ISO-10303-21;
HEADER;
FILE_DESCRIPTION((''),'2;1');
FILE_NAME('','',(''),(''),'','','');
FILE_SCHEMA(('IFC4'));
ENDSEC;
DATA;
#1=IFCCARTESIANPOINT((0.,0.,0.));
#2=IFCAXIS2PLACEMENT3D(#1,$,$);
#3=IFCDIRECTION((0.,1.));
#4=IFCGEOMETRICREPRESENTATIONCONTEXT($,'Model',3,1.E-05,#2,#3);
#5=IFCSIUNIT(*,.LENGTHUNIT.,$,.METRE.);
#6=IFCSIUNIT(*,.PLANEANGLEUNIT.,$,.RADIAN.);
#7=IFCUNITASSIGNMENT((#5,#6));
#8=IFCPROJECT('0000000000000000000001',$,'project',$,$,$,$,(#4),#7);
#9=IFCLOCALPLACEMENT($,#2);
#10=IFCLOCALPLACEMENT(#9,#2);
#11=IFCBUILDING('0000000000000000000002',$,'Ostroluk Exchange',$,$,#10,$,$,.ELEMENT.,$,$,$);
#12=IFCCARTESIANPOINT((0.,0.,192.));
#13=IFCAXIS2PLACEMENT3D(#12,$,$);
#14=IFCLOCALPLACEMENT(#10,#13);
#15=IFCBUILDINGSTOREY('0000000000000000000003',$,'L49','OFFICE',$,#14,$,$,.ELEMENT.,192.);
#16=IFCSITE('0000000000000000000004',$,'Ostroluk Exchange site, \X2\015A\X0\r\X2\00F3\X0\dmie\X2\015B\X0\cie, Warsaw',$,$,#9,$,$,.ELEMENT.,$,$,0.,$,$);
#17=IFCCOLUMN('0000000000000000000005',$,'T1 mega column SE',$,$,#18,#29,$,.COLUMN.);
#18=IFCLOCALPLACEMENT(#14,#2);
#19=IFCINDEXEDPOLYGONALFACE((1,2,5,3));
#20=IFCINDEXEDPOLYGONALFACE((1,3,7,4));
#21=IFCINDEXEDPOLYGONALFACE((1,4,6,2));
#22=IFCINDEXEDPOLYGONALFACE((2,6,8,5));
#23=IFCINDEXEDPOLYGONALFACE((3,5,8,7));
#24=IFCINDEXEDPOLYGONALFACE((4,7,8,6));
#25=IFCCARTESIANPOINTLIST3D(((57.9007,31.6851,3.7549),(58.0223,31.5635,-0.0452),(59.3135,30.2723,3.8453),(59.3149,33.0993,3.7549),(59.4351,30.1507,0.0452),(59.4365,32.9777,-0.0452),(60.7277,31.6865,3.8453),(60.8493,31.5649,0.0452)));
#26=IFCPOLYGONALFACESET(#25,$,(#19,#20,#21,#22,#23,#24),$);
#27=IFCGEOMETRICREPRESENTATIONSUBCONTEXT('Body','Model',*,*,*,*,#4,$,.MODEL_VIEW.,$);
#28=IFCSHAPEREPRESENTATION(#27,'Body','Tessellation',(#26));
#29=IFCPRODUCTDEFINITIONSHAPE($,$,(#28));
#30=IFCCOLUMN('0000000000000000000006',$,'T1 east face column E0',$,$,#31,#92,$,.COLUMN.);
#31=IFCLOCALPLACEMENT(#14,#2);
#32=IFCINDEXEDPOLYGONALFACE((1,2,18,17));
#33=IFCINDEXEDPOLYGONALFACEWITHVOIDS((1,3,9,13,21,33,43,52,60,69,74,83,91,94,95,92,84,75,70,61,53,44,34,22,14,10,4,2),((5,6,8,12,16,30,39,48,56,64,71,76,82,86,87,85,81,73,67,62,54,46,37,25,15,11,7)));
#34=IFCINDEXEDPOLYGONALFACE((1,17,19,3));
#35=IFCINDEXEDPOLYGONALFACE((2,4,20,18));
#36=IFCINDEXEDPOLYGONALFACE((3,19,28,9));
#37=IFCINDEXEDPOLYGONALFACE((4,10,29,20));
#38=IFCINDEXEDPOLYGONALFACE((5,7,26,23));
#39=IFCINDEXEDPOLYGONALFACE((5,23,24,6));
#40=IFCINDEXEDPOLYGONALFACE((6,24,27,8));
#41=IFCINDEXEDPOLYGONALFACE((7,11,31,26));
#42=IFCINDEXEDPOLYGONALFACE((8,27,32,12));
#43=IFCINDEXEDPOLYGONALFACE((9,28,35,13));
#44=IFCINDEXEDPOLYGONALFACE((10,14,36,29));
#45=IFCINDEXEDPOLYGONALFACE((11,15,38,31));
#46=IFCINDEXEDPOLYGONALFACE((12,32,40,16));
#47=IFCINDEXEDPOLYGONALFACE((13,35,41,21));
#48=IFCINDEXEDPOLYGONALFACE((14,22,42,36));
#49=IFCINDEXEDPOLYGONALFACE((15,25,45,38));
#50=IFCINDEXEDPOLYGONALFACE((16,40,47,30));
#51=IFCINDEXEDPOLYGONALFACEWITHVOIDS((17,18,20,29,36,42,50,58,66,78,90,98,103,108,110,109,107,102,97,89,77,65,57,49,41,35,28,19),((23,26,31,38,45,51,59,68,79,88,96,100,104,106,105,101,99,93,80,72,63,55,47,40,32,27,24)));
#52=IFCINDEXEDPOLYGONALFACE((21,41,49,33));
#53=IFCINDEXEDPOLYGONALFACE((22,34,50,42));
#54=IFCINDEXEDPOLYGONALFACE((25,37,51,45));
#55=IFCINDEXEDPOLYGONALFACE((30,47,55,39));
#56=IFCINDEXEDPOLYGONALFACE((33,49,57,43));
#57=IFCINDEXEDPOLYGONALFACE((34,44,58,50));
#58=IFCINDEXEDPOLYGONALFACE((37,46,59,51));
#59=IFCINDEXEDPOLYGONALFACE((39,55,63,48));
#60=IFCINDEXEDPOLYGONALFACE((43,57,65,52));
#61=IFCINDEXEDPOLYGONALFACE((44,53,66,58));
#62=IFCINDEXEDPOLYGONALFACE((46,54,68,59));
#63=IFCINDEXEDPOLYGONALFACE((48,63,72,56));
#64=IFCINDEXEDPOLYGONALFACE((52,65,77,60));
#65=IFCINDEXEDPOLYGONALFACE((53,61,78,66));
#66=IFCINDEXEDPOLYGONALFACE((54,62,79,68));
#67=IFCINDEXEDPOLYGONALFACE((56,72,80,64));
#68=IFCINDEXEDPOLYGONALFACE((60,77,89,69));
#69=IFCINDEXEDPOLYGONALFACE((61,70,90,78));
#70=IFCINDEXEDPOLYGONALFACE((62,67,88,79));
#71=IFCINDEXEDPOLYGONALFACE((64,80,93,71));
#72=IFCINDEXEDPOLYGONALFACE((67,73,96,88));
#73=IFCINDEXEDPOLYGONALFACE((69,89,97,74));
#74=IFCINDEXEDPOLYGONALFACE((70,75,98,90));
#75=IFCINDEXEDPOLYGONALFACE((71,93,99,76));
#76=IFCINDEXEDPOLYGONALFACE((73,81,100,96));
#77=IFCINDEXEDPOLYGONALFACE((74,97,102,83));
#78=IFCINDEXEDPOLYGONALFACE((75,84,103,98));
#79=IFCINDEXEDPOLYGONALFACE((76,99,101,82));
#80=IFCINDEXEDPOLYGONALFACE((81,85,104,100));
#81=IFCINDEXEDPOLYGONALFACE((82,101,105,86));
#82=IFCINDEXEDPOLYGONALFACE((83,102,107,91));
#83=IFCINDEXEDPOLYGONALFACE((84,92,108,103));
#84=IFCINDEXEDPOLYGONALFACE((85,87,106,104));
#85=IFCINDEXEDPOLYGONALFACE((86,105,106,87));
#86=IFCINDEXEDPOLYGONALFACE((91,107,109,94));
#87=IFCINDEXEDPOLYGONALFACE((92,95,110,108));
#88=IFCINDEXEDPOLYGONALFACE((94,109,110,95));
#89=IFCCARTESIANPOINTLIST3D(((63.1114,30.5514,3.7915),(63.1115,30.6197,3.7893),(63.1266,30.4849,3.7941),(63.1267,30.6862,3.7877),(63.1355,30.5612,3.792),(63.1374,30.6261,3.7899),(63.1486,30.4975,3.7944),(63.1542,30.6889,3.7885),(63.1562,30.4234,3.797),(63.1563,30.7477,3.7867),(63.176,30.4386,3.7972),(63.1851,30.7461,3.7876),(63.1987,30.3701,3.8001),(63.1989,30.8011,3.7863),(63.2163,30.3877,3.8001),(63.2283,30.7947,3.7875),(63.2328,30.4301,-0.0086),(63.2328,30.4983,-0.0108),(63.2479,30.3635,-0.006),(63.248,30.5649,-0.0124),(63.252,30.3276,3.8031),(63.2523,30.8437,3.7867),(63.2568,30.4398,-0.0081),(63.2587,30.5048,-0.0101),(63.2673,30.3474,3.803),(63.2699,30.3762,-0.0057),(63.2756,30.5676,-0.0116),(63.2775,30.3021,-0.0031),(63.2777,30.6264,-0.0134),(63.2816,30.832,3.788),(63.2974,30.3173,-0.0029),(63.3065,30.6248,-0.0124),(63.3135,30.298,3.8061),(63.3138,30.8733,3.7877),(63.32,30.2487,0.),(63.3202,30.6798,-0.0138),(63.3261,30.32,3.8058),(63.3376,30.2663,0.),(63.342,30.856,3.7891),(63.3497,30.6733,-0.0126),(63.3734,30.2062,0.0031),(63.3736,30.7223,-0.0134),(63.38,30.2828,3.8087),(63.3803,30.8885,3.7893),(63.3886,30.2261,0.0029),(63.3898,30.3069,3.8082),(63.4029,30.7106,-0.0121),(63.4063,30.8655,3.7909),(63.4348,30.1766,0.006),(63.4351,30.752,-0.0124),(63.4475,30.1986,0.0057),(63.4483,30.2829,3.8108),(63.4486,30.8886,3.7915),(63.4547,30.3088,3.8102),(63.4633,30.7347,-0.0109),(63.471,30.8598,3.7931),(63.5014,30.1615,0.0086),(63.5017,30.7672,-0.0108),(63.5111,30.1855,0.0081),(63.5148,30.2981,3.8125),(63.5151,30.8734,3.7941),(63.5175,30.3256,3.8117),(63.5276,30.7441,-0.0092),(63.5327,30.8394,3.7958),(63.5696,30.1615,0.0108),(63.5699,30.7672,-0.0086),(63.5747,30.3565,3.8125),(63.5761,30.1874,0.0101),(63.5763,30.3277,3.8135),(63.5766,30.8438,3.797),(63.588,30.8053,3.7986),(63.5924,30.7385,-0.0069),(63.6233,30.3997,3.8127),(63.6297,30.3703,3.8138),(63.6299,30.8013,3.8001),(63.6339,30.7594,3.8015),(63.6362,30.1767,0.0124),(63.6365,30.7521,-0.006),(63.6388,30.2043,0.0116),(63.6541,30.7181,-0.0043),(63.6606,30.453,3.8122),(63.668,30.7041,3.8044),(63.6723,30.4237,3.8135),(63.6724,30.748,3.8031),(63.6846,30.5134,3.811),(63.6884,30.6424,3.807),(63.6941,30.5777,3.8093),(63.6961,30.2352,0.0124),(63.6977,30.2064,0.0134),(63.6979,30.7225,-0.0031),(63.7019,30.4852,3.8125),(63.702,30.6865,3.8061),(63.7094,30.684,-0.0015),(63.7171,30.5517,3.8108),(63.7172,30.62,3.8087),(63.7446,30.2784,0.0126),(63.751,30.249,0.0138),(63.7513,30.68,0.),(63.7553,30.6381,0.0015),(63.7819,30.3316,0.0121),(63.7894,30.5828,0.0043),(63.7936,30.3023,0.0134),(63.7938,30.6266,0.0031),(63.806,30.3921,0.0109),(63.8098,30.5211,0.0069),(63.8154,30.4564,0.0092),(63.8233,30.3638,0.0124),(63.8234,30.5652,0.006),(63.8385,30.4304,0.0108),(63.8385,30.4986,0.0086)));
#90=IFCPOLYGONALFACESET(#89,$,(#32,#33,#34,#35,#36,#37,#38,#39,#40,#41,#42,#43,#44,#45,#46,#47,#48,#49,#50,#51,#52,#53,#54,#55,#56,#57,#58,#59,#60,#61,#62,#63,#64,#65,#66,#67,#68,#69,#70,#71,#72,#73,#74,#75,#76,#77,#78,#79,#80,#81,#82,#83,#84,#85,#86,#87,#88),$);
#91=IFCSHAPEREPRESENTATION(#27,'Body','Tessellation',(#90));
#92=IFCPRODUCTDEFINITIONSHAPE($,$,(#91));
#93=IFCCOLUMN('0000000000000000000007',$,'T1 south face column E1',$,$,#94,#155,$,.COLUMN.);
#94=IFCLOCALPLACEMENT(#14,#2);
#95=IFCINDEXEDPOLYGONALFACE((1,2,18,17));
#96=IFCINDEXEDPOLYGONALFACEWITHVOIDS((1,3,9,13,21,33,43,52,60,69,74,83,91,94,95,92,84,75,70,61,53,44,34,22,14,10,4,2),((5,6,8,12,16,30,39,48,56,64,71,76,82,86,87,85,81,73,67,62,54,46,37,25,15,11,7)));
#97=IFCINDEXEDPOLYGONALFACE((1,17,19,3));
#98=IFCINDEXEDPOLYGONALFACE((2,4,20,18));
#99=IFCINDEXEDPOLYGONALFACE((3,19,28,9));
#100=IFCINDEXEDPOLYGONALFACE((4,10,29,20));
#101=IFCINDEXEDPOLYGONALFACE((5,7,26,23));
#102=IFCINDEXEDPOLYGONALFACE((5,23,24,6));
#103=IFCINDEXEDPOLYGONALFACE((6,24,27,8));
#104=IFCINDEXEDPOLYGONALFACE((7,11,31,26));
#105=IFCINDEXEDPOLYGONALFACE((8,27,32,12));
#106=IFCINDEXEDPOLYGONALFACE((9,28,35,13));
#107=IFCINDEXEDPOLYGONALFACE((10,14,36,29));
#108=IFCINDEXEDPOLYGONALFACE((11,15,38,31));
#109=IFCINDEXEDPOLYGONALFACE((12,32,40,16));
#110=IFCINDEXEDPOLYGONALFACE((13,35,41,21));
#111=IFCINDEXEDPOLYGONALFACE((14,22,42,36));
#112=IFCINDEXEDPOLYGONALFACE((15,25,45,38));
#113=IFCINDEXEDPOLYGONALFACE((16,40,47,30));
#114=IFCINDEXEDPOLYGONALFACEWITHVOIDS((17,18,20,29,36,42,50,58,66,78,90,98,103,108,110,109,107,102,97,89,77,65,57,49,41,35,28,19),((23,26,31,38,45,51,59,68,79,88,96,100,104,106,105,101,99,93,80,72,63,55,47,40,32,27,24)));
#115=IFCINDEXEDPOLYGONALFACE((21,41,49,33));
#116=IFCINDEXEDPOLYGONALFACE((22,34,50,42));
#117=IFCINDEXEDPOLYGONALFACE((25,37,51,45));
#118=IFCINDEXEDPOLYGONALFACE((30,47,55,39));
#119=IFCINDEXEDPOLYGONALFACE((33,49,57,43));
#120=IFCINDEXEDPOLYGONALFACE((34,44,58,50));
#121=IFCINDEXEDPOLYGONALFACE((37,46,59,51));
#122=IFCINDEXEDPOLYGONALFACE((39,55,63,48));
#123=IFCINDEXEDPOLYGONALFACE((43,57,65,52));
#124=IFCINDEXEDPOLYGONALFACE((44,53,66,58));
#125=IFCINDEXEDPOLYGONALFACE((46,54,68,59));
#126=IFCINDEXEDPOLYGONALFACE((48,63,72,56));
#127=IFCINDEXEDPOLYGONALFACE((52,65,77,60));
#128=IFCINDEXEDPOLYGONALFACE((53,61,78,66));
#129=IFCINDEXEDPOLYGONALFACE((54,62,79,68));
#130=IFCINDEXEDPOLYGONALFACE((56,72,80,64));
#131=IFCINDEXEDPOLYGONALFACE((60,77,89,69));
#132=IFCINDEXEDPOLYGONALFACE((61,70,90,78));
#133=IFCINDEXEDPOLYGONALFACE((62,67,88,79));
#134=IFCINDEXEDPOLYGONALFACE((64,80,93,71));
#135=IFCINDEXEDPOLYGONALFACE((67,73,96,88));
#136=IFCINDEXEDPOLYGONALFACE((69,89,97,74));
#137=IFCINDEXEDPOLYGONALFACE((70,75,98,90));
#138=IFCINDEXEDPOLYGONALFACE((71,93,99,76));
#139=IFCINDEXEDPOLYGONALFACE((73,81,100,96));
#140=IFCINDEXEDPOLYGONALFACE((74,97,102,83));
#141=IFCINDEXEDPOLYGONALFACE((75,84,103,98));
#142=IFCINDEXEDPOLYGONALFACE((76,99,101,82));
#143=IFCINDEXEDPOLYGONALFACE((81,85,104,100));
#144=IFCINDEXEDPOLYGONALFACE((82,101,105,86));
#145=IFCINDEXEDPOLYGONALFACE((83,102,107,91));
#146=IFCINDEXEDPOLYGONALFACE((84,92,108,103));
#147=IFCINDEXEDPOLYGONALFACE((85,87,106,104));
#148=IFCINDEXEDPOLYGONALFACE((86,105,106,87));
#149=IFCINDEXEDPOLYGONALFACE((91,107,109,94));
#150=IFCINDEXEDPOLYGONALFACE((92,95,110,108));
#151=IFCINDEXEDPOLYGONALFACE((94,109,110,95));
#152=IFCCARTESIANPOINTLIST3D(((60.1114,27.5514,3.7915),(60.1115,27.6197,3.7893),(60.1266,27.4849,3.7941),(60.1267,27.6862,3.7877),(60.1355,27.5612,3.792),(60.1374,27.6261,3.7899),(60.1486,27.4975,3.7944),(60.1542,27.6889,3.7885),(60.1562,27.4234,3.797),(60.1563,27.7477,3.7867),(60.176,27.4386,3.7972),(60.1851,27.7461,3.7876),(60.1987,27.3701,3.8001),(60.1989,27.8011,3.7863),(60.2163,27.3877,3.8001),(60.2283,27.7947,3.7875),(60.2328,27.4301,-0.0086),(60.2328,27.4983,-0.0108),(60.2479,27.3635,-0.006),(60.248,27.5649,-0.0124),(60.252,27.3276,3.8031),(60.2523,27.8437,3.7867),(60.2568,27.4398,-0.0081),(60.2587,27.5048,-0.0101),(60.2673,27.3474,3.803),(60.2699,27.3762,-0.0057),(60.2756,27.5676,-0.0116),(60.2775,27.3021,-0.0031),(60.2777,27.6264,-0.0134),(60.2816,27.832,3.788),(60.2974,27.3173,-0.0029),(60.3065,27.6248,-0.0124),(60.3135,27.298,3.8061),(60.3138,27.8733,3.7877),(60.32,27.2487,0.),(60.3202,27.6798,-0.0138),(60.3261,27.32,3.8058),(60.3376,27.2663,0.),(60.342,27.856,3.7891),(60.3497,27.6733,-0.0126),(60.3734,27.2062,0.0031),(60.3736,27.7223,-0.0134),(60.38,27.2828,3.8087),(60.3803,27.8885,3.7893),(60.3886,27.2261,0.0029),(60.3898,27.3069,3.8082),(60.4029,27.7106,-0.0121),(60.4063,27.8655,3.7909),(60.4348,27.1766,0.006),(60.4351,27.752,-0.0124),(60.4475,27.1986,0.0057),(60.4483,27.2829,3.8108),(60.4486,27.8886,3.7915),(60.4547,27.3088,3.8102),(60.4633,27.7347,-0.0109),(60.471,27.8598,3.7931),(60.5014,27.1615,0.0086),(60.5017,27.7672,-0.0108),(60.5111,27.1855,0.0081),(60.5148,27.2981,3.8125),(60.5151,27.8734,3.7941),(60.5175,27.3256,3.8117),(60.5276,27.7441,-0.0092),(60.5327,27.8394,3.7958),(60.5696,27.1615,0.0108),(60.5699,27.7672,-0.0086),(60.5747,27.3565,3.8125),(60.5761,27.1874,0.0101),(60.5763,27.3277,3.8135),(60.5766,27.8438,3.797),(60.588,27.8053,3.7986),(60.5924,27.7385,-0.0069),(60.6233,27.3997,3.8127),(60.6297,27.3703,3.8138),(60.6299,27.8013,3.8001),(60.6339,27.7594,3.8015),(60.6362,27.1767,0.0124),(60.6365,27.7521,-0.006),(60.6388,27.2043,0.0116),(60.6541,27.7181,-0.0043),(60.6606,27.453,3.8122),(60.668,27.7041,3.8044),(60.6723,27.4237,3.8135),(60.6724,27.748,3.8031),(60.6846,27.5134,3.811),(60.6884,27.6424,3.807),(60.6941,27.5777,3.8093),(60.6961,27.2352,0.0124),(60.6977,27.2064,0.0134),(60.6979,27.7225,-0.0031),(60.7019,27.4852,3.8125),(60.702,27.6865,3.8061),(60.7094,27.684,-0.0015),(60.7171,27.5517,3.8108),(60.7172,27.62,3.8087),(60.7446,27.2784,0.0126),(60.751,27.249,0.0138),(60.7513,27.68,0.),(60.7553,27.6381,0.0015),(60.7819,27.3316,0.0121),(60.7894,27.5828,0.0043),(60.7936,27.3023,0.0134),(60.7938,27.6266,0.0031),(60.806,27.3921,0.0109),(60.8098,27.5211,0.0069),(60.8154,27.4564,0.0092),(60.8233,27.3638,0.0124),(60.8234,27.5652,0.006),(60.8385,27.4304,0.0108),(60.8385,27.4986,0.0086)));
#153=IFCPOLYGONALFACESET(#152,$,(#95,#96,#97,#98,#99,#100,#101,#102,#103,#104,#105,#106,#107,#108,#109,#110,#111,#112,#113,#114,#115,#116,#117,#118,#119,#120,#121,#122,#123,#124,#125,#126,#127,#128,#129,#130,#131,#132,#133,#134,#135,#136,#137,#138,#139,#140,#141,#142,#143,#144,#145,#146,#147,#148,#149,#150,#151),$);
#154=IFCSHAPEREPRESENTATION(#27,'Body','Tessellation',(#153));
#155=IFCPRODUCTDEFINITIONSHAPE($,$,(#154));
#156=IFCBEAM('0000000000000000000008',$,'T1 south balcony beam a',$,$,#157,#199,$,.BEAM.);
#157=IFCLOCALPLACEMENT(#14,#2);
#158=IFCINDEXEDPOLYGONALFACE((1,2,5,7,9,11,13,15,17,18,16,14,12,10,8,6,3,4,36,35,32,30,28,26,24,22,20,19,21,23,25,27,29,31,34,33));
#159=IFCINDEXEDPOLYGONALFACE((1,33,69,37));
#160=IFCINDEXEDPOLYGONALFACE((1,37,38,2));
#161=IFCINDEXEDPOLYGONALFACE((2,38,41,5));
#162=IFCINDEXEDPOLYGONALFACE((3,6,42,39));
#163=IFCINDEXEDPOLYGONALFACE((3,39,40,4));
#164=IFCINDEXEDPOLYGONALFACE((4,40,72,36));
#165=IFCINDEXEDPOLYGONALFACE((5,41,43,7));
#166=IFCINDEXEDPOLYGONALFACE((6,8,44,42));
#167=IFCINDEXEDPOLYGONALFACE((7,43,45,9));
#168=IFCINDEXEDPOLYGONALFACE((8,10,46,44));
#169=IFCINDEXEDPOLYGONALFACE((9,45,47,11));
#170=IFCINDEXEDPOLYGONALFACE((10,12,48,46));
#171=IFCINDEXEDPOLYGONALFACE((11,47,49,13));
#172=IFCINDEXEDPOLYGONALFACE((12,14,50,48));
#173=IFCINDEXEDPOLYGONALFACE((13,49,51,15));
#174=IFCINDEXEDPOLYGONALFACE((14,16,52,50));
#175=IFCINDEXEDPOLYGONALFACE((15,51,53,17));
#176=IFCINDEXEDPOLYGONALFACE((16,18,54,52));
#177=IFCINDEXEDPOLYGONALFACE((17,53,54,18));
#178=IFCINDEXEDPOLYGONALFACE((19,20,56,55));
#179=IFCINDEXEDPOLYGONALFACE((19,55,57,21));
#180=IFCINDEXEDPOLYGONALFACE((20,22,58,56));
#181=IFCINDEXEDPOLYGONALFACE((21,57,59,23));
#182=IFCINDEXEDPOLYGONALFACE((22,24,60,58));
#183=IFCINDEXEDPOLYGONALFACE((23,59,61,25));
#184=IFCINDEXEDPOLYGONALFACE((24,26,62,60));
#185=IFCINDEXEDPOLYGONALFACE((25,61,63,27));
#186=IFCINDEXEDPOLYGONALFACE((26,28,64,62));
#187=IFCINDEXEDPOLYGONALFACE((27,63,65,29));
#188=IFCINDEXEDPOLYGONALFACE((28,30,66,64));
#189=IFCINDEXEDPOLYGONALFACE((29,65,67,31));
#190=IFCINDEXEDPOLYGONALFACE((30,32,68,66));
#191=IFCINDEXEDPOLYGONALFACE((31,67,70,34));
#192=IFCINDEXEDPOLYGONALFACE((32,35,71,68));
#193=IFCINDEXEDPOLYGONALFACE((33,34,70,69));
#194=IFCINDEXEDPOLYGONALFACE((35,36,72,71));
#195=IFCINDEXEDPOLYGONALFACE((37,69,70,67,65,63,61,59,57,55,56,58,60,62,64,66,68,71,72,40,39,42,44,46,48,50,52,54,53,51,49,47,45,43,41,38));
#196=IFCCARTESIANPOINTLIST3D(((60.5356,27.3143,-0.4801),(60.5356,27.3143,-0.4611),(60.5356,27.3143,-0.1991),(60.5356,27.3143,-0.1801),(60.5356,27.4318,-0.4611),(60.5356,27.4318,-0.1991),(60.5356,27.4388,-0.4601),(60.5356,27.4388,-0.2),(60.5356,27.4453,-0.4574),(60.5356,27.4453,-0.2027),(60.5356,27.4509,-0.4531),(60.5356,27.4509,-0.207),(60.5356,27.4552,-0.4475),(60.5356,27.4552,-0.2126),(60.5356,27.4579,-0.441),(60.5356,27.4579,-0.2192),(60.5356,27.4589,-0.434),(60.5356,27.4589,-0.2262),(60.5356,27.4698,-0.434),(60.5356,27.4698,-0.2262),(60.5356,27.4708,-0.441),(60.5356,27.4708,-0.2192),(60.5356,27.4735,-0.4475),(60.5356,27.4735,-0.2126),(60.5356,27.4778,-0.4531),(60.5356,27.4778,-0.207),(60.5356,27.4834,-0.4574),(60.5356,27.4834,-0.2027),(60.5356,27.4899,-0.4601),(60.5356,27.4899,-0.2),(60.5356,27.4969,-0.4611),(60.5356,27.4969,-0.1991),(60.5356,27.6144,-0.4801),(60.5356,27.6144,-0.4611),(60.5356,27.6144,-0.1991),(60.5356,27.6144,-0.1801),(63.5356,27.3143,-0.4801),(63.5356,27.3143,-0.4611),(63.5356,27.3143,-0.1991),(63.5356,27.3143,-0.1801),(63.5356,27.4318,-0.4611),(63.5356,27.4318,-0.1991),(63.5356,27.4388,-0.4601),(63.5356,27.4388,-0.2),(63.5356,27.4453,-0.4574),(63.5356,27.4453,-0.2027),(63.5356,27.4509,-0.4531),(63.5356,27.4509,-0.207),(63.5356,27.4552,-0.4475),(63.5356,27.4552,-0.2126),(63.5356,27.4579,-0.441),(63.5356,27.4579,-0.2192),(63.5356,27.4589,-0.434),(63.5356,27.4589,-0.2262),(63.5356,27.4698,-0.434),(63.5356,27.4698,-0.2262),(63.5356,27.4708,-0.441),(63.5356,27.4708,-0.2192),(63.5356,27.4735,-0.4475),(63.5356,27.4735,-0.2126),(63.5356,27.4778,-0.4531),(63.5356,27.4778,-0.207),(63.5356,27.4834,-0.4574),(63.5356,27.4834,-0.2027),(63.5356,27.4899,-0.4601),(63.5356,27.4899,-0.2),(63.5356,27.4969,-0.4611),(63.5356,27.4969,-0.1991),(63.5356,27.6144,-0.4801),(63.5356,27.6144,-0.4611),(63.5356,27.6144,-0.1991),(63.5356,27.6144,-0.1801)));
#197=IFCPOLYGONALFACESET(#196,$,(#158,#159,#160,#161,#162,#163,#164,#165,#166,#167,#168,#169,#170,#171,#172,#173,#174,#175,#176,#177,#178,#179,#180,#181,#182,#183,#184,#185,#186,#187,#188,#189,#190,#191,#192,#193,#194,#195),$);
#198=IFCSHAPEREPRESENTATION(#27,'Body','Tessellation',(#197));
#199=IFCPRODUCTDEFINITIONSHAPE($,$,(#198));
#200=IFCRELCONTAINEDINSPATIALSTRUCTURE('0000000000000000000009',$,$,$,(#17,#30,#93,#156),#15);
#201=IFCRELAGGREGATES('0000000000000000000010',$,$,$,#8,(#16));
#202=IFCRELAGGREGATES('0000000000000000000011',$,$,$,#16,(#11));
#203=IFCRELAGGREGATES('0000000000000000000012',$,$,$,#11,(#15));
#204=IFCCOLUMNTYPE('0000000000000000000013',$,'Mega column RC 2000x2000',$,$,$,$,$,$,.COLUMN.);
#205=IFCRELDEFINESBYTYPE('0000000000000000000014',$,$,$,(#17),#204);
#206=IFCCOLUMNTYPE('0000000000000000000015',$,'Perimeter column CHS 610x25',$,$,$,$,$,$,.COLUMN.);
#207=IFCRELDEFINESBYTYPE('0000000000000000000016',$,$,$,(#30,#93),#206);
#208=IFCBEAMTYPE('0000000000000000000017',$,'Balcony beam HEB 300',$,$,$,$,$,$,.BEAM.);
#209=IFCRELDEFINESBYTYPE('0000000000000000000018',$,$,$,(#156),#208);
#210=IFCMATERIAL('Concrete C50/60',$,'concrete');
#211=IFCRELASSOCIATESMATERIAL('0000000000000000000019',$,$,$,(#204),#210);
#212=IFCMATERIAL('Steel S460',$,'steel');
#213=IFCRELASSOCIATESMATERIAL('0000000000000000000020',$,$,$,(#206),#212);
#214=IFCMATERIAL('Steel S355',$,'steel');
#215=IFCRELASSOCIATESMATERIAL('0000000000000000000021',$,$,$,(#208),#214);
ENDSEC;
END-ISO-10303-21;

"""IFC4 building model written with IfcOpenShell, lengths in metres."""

from ifc_helpers import new_model, si_unit, direction, frame, origin, origin_2d, place, context, subcontext, project, spatial, rectangle, hollow_circle, i_section, extrude, material, material_profile, profile_set, type_object, element, save


model = new_model("IFC4")

# Units and contexts
model_context = context("Model", 3, precision=1e-05, world=origin(), true_north=direction((0.0, 1.0)))
body_context = subcontext(model_context, "Body", "Model", "MODEL_VIEW")
ifc_project = project(units=[si_unit("LENGTHUNIT", "METRE"), si_unit("PLANEANGLEUNIT", "RADIAN")], contexts=[model_context])

# Site, building, storey
site_placement = place(None, origin())
site = spatial("IfcSite", under=ifc_project, at=site_placement, Name="Ostroluk Exchange site, Śródmieście, Warsaw", CompositionType="ELEMENT", RefElevation=0.0)
building_placement = place(site_placement, origin())
building = spatial("IfcBuilding", under=site, at=building_placement, Name="Ostroluk Exchange", CompositionType="ELEMENT")
storey_placement = place(building_placement, frame((0.0, 0.0, 192.0)))
storey = spatial("IfcBuildingStorey", under=building, at=storey_placement, Name="L49", Description="OFFICE", CompositionType="ELEMENT", Elevation=192.0)

# Columns
ifc_material_1 = material(Name="Concrete C50/60", Category="concrete")
ifc_material_profile_1 = material_profile(ifc_material_1, rectangle(XDim=2.0, YDim=2.0, at=origin_2d()), Name="RC 2000x2000")
ifc_profile_set_1 = profile_set([ifc_material_profile_1], Name="Concrete C50/60")
column_type_1 = type_object("IfcColumnType", Name="Mega column RC 2000x2000", PredefinedType="COLUMN", material=ifc_profile_set_1)
column_placement = place(storey_placement, frame((59.4358, 31.5642, 0.0), z_axis=(-0.031962, 0.031962, 0.998978), x_axis=(-0.707107, -0.707107, 0.0)))
element("IfcColumn", 1, at=column_placement, inside=storey, type_object=column_type_1, Name="T1 mega column SE", PredefinedType="COLUMN", context=body_context, shape_type="SweptSolid", body=[
    extrude(rectangle(XDim=2.0, YDim=2.0, at=origin_2d()), origin(), (0.0, 0.0, 1.0), 3.804),
])
ifc_material_2 = material(Name="Steel S460", Category="steel")
ifc_material_profile_2 = material_profile(ifc_material_2, hollow_circle(Radius=0.3049, WallThickness=0.0249, at=origin_2d()), Name="CHS 610x25")
ifc_profile_set_2 = profile_set([ifc_material_profile_2], Name="Steel S460")
column_type_2 = type_object("IfcColumnType", Name="Perimeter column CHS 610x25", PredefinedType="COLUMN", material=ifc_profile_set_2)
for number, where, z_axis, x_axis, name in (
    (2, (63.5356, 30.4644, 0.0), (-0.031898, 0.031898, 0.998982), (-0.707107, -0.707107, 0.0), "T1 east face column E0"),
    (3, (60.5356, 27.4644, 0.0), (-0.031898, 0.031898, 0.998982), (-0.707107, -0.707107, 0.0), "T1 south face column E1"),
):
    element("IfcColumn", number, at=place(storey_placement, frame(where, z_axis=z_axis, x_axis=x_axis)), inside=storey, type_object=column_type_2, Name=name, PredefinedType="COLUMN", context=body_context, shape_type="SweptSolid", body=[
        extrude(hollow_circle(Radius=0.3049, WallThickness=0.0249, at=origin_2d()), origin(), (0.0, 0.0, 1.0), 3.804),
    ])

# Beam
ifc_material_3 = material(Name="Steel S355", Category="steel")
ifc_material_profile_3 = material_profile(ifc_material_3, i_section(OverallWidth=0.3, OverallDepth=0.3, WebThickness=0.011, FlangeThickness=0.019, FilletRadius=0.0271, at=origin_2d()), Name="HEB 300")
ifc_profile_set_3 = profile_set([ifc_material_profile_3], Name="Steel S355")
beam_type_1 = type_object("IfcBeamType", Name="Balcony beam HEB 300", PredefinedType="BEAM", material=ifc_profile_set_3)
for number, where, z_axis, x_axis, name in (
    (4, (60.5356, 27.4644, -0.3301), (1.0, 0.0, 0.0), (0.0, 1.0, 0.0), "T1 south balcony beam a"),
):
    element("IfcBeam", number, at=place(storey_placement, frame(where, z_axis=z_axis, x_axis=x_axis)), inside=storey, type_object=beam_type_1, Name=name, PredefinedType="BEAM", context=body_context, shape_type="SweptSolid", body=[
        extrude(i_section(OverallWidth=0.3, OverallDepth=0.3, WebThickness=0.011, FlangeThickness=0.019, FilletRadius=0.0271, at=origin_2d()), origin(), (0.0, 0.0, 1.0), 3.0),
    ])

save(model, "model.ifc")
